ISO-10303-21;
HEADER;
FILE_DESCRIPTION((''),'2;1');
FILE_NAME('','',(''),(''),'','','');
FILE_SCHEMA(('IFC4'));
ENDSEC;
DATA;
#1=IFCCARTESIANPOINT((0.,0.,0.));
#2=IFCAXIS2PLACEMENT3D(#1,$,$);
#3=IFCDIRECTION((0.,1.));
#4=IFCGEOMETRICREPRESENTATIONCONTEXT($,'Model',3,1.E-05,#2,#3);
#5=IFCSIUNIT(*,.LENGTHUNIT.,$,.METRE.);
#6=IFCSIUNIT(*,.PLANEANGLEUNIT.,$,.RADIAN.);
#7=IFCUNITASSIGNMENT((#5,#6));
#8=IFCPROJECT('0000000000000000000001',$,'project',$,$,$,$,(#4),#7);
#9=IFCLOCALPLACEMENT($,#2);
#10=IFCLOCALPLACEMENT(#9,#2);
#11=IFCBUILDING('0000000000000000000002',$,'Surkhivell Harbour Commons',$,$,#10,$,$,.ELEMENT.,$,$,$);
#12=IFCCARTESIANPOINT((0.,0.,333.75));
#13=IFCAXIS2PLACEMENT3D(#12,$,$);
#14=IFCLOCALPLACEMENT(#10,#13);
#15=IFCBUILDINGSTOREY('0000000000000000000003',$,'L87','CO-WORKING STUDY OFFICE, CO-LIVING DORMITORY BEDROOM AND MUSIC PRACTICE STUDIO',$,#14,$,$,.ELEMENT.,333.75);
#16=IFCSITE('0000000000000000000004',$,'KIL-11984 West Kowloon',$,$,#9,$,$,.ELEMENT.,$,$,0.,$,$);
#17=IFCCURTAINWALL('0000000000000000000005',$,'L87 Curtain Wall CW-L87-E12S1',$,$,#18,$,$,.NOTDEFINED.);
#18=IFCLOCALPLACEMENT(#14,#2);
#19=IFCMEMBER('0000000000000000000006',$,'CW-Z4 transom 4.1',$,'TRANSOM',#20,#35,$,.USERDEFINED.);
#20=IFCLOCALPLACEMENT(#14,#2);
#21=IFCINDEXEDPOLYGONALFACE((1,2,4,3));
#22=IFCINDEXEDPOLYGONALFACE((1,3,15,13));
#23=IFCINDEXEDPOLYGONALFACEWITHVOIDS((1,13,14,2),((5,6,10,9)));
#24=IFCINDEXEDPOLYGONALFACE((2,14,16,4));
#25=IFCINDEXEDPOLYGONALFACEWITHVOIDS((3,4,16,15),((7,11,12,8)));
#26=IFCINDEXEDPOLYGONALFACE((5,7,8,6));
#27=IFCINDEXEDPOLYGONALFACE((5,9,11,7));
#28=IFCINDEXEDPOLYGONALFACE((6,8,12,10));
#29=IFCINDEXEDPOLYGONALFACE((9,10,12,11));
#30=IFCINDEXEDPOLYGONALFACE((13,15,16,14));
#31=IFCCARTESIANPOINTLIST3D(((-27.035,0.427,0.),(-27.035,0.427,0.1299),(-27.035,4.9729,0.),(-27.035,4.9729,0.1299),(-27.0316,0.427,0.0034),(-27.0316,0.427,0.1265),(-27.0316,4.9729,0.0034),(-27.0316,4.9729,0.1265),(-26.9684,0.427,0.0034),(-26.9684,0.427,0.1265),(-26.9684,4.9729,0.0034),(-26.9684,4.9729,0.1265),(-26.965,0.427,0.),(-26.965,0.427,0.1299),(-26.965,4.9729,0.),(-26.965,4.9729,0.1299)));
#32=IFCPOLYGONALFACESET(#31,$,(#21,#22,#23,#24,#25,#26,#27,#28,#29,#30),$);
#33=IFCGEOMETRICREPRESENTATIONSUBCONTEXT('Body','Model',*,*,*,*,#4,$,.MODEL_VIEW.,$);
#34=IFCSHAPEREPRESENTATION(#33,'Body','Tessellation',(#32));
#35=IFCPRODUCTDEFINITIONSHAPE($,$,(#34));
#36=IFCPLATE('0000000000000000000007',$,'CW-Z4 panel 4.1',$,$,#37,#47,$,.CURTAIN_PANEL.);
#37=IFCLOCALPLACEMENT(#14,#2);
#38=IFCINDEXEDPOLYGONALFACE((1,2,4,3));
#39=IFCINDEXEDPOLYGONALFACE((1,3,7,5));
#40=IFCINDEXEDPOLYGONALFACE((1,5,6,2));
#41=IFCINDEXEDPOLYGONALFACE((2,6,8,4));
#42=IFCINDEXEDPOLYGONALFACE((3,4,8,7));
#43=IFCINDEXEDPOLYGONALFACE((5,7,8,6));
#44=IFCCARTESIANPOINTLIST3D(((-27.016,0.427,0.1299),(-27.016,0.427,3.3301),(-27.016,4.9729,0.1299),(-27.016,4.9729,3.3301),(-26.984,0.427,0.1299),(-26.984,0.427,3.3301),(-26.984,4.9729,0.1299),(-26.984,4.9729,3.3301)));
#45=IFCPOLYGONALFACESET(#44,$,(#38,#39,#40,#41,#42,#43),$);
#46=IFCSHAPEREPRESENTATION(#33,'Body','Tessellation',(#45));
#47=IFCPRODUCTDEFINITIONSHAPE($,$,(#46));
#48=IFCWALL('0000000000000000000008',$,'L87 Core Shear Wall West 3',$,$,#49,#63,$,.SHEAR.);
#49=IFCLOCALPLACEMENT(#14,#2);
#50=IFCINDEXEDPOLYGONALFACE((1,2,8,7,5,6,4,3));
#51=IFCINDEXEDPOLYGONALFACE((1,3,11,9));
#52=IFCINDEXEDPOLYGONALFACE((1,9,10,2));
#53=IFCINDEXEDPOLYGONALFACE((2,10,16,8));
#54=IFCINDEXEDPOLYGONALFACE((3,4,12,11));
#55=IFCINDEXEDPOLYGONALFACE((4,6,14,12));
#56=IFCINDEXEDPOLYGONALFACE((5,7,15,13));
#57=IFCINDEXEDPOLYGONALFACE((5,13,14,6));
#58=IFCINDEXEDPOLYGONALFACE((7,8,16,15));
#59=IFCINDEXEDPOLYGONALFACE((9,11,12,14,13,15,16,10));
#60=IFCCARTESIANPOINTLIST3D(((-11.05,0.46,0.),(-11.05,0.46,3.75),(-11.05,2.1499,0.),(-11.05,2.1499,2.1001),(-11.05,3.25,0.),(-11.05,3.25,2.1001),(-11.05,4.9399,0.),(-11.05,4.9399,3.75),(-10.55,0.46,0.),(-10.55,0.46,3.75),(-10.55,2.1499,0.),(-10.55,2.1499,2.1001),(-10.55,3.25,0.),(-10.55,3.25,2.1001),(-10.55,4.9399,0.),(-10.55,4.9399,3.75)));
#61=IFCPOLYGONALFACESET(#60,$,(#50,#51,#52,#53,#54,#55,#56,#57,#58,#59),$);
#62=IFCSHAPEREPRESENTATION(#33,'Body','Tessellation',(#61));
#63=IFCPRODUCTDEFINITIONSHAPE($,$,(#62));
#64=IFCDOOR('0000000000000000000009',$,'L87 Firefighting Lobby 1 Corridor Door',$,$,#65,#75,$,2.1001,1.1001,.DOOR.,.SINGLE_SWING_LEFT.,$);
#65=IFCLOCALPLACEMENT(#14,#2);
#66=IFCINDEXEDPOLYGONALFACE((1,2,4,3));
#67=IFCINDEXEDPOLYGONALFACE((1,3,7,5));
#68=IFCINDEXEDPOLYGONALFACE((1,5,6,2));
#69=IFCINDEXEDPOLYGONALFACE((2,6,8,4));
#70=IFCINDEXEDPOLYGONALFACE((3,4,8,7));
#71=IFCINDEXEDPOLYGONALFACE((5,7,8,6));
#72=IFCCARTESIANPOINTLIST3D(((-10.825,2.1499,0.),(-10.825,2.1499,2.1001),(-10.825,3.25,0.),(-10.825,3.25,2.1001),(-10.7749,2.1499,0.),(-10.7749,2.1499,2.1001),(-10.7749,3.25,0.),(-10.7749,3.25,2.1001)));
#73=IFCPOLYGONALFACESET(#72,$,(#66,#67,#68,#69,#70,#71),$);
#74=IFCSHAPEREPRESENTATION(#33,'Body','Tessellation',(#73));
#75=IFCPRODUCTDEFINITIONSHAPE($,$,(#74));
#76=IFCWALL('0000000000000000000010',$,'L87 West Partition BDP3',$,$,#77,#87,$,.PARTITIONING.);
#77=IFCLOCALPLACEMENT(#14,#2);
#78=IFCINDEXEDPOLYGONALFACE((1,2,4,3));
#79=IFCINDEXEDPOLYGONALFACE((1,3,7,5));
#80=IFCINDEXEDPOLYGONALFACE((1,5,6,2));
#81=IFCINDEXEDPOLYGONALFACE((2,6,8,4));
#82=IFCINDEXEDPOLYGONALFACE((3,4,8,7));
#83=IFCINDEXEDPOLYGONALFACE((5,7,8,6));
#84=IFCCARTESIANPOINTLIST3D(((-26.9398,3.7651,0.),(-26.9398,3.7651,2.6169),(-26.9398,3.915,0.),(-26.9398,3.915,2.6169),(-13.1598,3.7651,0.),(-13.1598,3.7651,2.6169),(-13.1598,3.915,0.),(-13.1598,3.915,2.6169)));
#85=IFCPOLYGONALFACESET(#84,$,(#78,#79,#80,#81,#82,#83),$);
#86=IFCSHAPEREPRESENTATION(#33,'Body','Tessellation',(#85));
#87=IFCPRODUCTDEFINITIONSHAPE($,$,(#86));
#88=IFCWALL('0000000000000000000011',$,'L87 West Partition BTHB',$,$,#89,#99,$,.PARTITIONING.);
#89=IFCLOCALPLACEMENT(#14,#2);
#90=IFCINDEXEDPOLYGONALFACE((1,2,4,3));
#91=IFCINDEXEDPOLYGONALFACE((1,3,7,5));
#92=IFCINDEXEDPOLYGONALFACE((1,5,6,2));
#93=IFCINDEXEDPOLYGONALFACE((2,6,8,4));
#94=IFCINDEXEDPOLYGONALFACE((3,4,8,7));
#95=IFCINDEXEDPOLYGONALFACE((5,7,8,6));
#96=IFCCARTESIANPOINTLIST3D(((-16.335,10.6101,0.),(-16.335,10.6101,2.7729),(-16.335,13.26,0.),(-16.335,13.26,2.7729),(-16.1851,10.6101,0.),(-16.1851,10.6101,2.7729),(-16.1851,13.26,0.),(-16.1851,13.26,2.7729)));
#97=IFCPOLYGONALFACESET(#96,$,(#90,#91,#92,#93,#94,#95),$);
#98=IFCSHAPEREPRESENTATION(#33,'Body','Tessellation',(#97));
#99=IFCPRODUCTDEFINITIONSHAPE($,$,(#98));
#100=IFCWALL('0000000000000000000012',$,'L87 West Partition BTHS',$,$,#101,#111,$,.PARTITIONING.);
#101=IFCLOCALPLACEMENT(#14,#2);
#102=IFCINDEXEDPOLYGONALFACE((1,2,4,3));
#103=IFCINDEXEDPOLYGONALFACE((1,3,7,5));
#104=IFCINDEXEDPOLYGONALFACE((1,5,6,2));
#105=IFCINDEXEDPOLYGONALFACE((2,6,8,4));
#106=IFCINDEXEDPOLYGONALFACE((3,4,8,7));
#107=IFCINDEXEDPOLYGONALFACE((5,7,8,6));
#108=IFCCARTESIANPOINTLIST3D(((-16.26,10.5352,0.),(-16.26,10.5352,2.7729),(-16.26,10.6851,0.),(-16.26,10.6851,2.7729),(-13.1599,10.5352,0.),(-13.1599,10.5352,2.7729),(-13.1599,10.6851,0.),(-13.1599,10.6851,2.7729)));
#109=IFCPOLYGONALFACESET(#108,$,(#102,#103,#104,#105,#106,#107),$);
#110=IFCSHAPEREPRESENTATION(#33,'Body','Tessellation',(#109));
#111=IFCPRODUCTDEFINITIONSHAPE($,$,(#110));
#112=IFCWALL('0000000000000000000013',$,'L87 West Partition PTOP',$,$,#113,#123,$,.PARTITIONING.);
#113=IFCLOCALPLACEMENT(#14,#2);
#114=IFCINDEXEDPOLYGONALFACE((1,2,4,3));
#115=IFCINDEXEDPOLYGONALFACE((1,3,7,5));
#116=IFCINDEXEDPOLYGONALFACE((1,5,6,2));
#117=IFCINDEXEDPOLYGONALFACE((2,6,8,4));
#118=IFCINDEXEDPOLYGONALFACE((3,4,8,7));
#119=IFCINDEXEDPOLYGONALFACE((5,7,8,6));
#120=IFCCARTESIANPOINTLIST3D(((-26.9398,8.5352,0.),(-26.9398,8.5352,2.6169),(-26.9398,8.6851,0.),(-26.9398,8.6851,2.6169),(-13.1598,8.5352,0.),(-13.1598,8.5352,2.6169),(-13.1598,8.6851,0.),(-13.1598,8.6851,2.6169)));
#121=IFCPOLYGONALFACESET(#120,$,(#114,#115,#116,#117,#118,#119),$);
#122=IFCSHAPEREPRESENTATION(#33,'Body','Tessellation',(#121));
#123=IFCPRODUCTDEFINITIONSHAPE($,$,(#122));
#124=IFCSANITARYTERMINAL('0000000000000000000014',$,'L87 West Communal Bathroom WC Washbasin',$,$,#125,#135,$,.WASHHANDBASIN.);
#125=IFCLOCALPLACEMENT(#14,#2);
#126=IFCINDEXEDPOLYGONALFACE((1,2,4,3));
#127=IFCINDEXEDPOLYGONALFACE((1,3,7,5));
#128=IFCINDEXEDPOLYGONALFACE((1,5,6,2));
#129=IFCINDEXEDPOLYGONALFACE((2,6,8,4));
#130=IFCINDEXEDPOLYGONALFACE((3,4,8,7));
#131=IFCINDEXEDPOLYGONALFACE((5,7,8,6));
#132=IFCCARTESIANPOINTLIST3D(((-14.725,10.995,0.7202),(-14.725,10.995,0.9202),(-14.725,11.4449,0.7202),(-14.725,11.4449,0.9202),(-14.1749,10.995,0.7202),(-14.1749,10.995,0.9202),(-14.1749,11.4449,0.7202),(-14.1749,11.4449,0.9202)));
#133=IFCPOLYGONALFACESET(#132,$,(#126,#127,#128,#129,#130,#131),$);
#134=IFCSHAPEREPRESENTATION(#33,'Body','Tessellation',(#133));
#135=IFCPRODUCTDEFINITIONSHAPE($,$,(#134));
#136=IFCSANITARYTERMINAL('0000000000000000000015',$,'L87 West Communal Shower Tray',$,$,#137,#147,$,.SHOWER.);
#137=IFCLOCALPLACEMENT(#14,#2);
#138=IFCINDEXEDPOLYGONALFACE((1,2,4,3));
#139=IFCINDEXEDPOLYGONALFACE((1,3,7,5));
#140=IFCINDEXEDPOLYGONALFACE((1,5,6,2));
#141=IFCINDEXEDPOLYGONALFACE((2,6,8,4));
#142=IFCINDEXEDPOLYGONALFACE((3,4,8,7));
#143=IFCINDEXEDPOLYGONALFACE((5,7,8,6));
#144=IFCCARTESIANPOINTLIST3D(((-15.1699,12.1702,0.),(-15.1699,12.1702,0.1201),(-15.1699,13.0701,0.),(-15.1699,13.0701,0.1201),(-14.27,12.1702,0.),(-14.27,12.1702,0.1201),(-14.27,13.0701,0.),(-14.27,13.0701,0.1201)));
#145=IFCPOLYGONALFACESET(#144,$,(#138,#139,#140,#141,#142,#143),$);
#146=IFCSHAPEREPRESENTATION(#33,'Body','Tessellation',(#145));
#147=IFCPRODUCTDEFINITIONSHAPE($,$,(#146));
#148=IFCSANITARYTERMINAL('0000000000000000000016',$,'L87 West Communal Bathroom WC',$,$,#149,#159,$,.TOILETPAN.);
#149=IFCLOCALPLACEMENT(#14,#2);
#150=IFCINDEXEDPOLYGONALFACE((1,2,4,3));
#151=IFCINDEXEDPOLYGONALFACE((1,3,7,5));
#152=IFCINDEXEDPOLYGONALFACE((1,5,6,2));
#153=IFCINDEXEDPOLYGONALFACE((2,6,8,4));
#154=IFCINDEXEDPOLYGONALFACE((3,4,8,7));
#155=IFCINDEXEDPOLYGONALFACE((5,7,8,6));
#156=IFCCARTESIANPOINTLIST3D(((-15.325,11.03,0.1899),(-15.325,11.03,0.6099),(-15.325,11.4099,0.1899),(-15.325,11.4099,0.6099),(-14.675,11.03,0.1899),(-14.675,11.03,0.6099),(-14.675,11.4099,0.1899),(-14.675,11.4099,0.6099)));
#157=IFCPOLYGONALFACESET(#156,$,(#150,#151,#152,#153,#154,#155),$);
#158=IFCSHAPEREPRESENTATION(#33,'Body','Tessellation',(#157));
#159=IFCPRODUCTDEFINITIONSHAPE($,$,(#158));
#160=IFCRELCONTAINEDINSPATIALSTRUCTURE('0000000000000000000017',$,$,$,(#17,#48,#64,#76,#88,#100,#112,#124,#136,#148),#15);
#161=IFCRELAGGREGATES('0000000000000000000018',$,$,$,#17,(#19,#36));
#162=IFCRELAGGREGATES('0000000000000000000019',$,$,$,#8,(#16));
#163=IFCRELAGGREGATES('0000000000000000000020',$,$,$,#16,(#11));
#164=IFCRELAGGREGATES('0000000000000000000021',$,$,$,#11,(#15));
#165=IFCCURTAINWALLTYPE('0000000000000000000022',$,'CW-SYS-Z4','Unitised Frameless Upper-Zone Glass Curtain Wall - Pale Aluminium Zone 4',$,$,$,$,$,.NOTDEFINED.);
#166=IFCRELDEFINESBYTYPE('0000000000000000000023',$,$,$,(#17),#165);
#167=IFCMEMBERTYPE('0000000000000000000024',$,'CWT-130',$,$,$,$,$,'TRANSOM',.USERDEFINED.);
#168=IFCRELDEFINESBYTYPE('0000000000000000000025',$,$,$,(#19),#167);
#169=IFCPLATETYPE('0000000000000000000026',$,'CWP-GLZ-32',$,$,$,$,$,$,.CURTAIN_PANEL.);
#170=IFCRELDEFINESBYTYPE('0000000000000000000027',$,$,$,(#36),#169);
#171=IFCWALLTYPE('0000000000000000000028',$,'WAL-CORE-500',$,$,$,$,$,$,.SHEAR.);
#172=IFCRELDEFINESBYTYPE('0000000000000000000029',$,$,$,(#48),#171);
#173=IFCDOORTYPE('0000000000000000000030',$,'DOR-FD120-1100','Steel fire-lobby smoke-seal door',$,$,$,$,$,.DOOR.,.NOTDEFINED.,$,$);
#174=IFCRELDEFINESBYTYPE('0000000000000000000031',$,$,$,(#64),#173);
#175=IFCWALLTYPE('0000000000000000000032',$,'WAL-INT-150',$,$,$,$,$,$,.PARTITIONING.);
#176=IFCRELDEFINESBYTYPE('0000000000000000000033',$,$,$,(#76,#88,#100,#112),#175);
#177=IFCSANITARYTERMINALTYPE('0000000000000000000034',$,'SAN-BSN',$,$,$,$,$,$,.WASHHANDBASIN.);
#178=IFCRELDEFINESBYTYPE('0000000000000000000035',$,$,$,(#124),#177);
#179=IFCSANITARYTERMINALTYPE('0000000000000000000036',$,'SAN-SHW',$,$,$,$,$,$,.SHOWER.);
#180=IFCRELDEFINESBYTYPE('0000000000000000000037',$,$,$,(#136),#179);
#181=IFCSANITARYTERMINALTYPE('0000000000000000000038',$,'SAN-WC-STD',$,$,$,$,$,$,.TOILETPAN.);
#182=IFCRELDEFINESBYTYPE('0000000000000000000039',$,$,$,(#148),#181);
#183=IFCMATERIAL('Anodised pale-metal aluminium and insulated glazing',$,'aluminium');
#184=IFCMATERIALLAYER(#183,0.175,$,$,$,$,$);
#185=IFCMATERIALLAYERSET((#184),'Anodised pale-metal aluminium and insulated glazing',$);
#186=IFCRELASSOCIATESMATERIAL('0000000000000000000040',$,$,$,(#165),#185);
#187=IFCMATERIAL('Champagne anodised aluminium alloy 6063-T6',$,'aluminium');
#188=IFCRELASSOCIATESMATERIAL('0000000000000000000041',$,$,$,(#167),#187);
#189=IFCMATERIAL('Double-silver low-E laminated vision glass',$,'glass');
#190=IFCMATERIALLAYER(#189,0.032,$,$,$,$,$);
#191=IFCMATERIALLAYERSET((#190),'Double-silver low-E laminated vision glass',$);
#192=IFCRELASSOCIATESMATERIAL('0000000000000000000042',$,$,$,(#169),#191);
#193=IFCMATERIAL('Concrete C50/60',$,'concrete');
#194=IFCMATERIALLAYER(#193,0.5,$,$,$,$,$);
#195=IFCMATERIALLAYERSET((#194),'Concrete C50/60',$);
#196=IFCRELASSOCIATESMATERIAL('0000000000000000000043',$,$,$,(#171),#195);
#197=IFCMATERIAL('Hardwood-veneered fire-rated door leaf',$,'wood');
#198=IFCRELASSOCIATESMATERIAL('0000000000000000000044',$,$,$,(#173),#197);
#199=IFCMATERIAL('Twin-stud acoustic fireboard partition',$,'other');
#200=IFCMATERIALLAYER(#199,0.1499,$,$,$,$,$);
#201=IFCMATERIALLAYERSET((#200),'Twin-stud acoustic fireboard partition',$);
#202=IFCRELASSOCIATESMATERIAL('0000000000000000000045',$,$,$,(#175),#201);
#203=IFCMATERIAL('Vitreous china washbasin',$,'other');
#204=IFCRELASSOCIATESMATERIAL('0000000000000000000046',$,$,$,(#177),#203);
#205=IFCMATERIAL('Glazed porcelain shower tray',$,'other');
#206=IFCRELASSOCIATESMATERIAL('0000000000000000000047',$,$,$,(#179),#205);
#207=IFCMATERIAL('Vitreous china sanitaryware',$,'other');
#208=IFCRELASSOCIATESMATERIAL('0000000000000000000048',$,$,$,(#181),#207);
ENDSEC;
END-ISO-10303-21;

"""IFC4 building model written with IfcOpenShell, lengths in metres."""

from ifc_helpers import new_model, si_unit, direction, frame, frame_2d, origin, origin_2d, place, context, subcontext, project, spatial, rectangle, hollow_rectangle, extrude, material, layer, layer_set, material_profile, profile_set, type_object, element, fill, aggregate, save


model = new_model("IFC4")

# Units and contexts
model_context = context("Model", 3, precision=1e-05, world=origin(), true_north=direction((0.0, 1.0)))
body_context = subcontext(model_context, "Body", "Model", "MODEL_VIEW")
ifc_project = project(units=[si_unit("LENGTHUNIT", "METRE"), si_unit("PLANEANGLEUNIT", "RADIAN")], contexts=[model_context])

# Site, building, storey
site_placement = place(None, origin())
site = spatial("IfcSite", under=ifc_project, at=site_placement, Name="KIL-11984 West Kowloon", CompositionType="ELEMENT", RefElevation=0.0)
building_placement = place(site_placement, origin())
building = spatial("IfcBuilding", under=site, at=building_placement, Name="Surkhivell Harbour Commons", CompositionType="ELEMENT")
storey_placement = place(building_placement, frame((0.0, 0.0, 333.75)))
storey = spatial("IfcBuildingStorey", under=building, at=storey_placement, Name="L87", Description="CO-WORKING STUDY OFFICE, CO-LIVING DORMITORY BEDROOM AND MUSIC PRACTICE STUDIO", CompositionType="ELEMENT", Elevation=333.75)

# Shared definitions
ifc_material_1 = material(Name="Concrete C50/60", Category="concrete")

# Curtain wall, member, plate
ifc_material_2 = material(Name="Anodised pale-metal aluminium and insulated glazing", Category="aluminium")
ifc_layer_1 = layer(ifc_material_2, 0.175)
ifc_layer_set_1 = layer_set([ifc_layer_1], Name="Anodised pale-metal aluminium and insulated glazing")
curtain_wall_type = type_object("IfcCurtainWallType", Name="CW-SYS-Z4", Description="Unitised Frameless Upper-Zone Glass Curtain Wall - Pale Aluminium Zone 4", PredefinedType="NOTDEFINED", material=ifc_layer_set_1)
curtain_wall_placement = place(storey_placement, origin())
curtain_wall = element("IfcCurtainWall", 1, at=curtain_wall_placement, inside=storey, type_object=curtain_wall_type, Name="L87 Curtain Wall CW-L87-E12S1", PredefinedType="NOTDEFINED")
ifc_material_3 = material(Name="Champagne anodised aluminium alloy 6063-T6", Category="aluminium")
ifc_material_profile_1 = material_profile(ifc_material_3, hollow_rectangle(XDim=0.0701, YDim=0.1299, WallThickness=0.0034, at=origin_2d()), Name="ALU-TRAN-70x130")
ifc_profile_set_1 = profile_set([ifc_material_profile_1], Name="Champagne anodised aluminium alloy 6063-T6")
member_type_1 = type_object("IfcMemberType", Name="CWT-130", ElementType="TRANSOM", PredefinedType="USERDEFINED", material=ifc_profile_set_1)
member_1_placement = place(storey_placement, frame((-27.0, 4.9729, 0.0649), z_axis=(0.0, -1.0, 0.0), x_axis=(1.0, 0.0, 0.0)))
member_1 = element("IfcMember", 2, at=member_1_placement, type_object=member_type_1, Name="CW-Z4 transom 4.1", ObjectType="TRANSOM", PredefinedType="USERDEFINED", context=body_context, shape_type="SweptSolid", body=[
    extrude(hollow_rectangle(XDim=0.0701, YDim=0.1299, WallThickness=0.0034, at=origin_2d()), origin(), (0.0, 0.0, 1.0), 4.5459),
])
ifc_material_4 = material(Name="Double-silver low-E laminated vision glass", Category="glass")
ifc_layer_2 = layer(ifc_material_4, 0.032)
ifc_layer_set_2 = layer_set([ifc_layer_2], Name="Double-silver low-E laminated vision glass")
plate_type = type_object("IfcPlateType", Name="CWP-GLZ-32", PredefinedType="CURTAIN_PANEL", material=ifc_layer_set_2)
plate_1_placement = place(storey_placement, frame((-27.0, 4.9729, 0.1299), z_axis=(0.0, 0.0, 1.0), x_axis=(0.0, -1.0, 0.0)))
plate_1 = element("IfcPlate", 3, at=plate_1_placement, type_object=plate_type, Name="CW-Z4 panel 4.1", PredefinedType="CURTAIN_PANEL", context=body_context, shape_type="SweptSolid", body=[
    extrude(rectangle(XDim=4.5459, YDim=0.032, at=frame_2d((2.2729, 0.0))), origin(), (0.0, 0.0, 1.0), 3.2002),
])
aggregate(curtain_wall, [member_1, plate_1])

# Wall, opening, door
ifc_layer_3 = layer(ifc_material_1, 0.5)
ifc_layer_set_3 = layer_set([ifc_layer_3], Name="Concrete C50/60")
wall_type_1 = type_object("IfcWallType", Name="WAL-CORE-500", PredefinedType="SHEAR", material=ifc_layer_set_3)
wall_1_placement = place(storey_placement, frame((-10.8, 0.46, 0.0), z_axis=(0.0, 0.0, 1.0), x_axis=(0.0, 1.0, 0.0)))
wall_1 = element("IfcWall", 4, at=wall_1_placement, inside=storey, type_object=wall_type_1, Name="L87 Core Shear Wall West 3", PredefinedType="SHEAR", context=body_context, shape_type="SweptSolid", body=[
    extrude(rectangle(XDim=4.48, YDim=0.5, at=frame_2d((2.24, 0.0))), origin(), (0.0, 0.0, 1.0), 3.75),
])
opening_placement = place(wall_1_placement, frame((1.6899, 0.0, 0.0)))
opening = element("IfcOpeningElement", 5, at=opening_placement, cuts=wall_1, PredefinedType="OPENING", context=body_context, shape_type="SweptSolid", body=[
    extrude(rectangle(XDim=1.1001, YDim=2.1001, at=frame_2d((0.55, 1.05))), frame((0.0, 0.26, 0.0), z_axis=(0.0, -1.0, 0.0), x_axis=(1.0, 0.0, 0.0)), (0.0, 0.0, 1.0), 0.52),
])
ifc_material_5 = material(Name="Hardwood-veneered fire-rated door leaf", Category="wood")
door_type = type_object("IfcDoorType", Name="DOR-FD120-1100", Description="Steel fire-lobby smoke-seal door", OperationType="NOTDEFINED", PredefinedType="DOOR", material=ifc_material_5)
door_placement = place(opening_placement, origin())
door = element("IfcDoor", 6, at=door_placement, inside=storey, type_object=door_type, Name="L87 Firefighting Lobby 1 Corridor Door", OperationType="SINGLE_SWING_LEFT", OverallHeight=2.1001, OverallWidth=1.1001, PredefinedType="DOOR", context=body_context, shape_type="SweptSolid", body=[
    extrude(rectangle(XDim=1.1001, YDim=2.1001, at=frame_2d((0.55, 1.05))), frame((0.0, 0.0249, 0.0), z_axis=(0.0, -1.0, 0.0), x_axis=(1.0, 0.0, 0.0)), (0.0, 0.0, 1.0), 0.05),
])
fill(opening, door)

# Walls
ifc_material_6 = material(Name="Twin-stud acoustic fireboard partition", Category="other")
ifc_layer_4 = layer(ifc_material_6, 0.1499)
ifc_layer_set_4 = layer_set([ifc_layer_4], Name="Twin-stud acoustic fireboard partition")
wall_type_2 = type_object("IfcWallType", Name="WAL-INT-150", PredefinedType="PARTITIONING", material=ifc_layer_set_4)
wall_2_placement = place(storey_placement, frame((-26.9399, 3.8401, 0.0), z_axis=(0.0, 0.0, 1.0), x_axis=(1.0, 0.0, 0.0)))
element("IfcWall", 7, at=wall_2_placement, inside=storey, type_object=wall_type_2, Name="L87 West Partition BDP3", PredefinedType="PARTITIONING", context=body_context, shape_type="SweptSolid", body=[
    extrude(rectangle(XDim=13.78, YDim=0.1499, at=frame_2d((6.8901, 0.0))), origin(), (0.0, 0.0, 1.0), 2.6169),
])
wall_3_placement = place(storey_placement, frame((-16.26, 10.6101, 0.0), z_axis=(0.0, 0.0, 1.0), x_axis=(0.0, 1.0, 0.0)))
element("IfcWall", 8, at=wall_3_placement, inside=storey, type_object=wall_type_2, Name="L87 West Partition BTHB", PredefinedType="PARTITIONING", context=body_context, shape_type="SweptSolid", body=[
    extrude(rectangle(XDim=2.6499, YDim=0.1499, at=frame_2d((1.325, 0.0))), origin(), (0.0, 0.0, 1.0), 2.7729),
])
wall_4_placement = place(storey_placement, frame((-16.26, 10.6101, 0.0), z_axis=(0.0, 0.0, 1.0), x_axis=(1.0, 0.0, 0.0)))
element("IfcWall", 9, at=wall_4_placement, inside=storey, type_object=wall_type_2, Name="L87 West Partition BTHS", PredefinedType="PARTITIONING", context=body_context, shape_type="SweptSolid", body=[
    extrude(rectangle(XDim=3.1001, YDim=0.1499, at=frame_2d((1.55, 0.0))), origin(), (0.0, 0.0, 1.0), 2.7729),
])
wall_5_placement = place(storey_placement, frame((-26.9399, 8.6101, 0.0), z_axis=(0.0, 0.0, 1.0), x_axis=(1.0, 0.0, 0.0)))
element("IfcWall", 10, at=wall_5_placement, inside=storey, type_object=wall_type_2, Name="L87 West Partition PTOP", PredefinedType="PARTITIONING", context=body_context, shape_type="SweptSolid", body=[
    extrude(rectangle(XDim=13.78, YDim=0.1499, at=frame_2d((6.8901, 0.0))), origin(), (0.0, 0.0, 1.0), 2.6169),
])

# Sanitary terminals
ifc_material_7 = material(Name="Vitreous china washbasin", Category="other")
sanitary_terminal_type_1 = type_object("IfcSanitaryTerminalType", Name="SAN-BSN", PredefinedType="WASHHANDBASIN", material=ifc_material_7)
sanitary_terminal_1_placement = place(storey_placement, frame((-14.45, 11.22, 0.7202), z_axis=(0.0, 0.0, 1.0), x_axis=(1.0, 0.0, 0.0)))
element("IfcSanitaryTerminal", 11, at=sanitary_terminal_1_placement, inside=storey, type_object=sanitary_terminal_type_1, Name="L87 West Communal Bathroom WC Washbasin", PredefinedType="WASHHANDBASIN", context=body_context, shape_type="SweptSolid", body=[
    extrude(rectangle(XDim=0.55, YDim=0.45, at=origin_2d()), origin(), (0.0, 0.0, 1.0), 0.2),
])
ifc_material_8 = material(Name="Glazed porcelain shower tray", Category="other")
sanitary_terminal_type_2 = type_object("IfcSanitaryTerminalType", Name="SAN-SHW", PredefinedType="SHOWER", material=ifc_material_8)
sanitary_terminal_2_placement = place(storey_placement, frame((-14.72, 12.6201, 0.0), z_axis=(0.0, 0.0, 1.0), x_axis=(1.0, 0.0, 0.0)))
element("IfcSanitaryTerminal", 12, at=sanitary_terminal_2_placement, inside=storey, type_object=sanitary_terminal_type_2, Name="L87 West Communal Shower Tray", PredefinedType="SHOWER", context=body_context, shape_type="SweptSolid", body=[
    extrude(rectangle(XDim=0.8999, YDim=0.8999, at=origin_2d()), origin(), (0.0, 0.0, 1.0), 0.1201),
])
ifc_material_9 = material(Name="Vitreous china sanitaryware", Category="other")
sanitary_terminal_type_3 = type_object("IfcSanitaryTerminalType", Name="SAN-WC-STD", PredefinedType="TOILETPAN", material=ifc_material_9)
sanitary_terminal_3_placement = place(storey_placement, frame((-15.0, 11.22, 0.1899), z_axis=(0.0, 0.0, 1.0), x_axis=(1.0, 0.0, 0.0)))
element("IfcSanitaryTerminal", 13, at=sanitary_terminal_3_placement, inside=storey, type_object=sanitary_terminal_type_3, Name="L87 West Communal Bathroom WC", PredefinedType="TOILETPAN", context=body_context, shape_type="SweptSolid", body=[
    extrude(rectangle(XDim=0.6499, YDim=0.3799, at=origin_2d()), origin(), (0.0, 0.0, 1.0), 0.4199),
])

save(model, "model.ifc")
